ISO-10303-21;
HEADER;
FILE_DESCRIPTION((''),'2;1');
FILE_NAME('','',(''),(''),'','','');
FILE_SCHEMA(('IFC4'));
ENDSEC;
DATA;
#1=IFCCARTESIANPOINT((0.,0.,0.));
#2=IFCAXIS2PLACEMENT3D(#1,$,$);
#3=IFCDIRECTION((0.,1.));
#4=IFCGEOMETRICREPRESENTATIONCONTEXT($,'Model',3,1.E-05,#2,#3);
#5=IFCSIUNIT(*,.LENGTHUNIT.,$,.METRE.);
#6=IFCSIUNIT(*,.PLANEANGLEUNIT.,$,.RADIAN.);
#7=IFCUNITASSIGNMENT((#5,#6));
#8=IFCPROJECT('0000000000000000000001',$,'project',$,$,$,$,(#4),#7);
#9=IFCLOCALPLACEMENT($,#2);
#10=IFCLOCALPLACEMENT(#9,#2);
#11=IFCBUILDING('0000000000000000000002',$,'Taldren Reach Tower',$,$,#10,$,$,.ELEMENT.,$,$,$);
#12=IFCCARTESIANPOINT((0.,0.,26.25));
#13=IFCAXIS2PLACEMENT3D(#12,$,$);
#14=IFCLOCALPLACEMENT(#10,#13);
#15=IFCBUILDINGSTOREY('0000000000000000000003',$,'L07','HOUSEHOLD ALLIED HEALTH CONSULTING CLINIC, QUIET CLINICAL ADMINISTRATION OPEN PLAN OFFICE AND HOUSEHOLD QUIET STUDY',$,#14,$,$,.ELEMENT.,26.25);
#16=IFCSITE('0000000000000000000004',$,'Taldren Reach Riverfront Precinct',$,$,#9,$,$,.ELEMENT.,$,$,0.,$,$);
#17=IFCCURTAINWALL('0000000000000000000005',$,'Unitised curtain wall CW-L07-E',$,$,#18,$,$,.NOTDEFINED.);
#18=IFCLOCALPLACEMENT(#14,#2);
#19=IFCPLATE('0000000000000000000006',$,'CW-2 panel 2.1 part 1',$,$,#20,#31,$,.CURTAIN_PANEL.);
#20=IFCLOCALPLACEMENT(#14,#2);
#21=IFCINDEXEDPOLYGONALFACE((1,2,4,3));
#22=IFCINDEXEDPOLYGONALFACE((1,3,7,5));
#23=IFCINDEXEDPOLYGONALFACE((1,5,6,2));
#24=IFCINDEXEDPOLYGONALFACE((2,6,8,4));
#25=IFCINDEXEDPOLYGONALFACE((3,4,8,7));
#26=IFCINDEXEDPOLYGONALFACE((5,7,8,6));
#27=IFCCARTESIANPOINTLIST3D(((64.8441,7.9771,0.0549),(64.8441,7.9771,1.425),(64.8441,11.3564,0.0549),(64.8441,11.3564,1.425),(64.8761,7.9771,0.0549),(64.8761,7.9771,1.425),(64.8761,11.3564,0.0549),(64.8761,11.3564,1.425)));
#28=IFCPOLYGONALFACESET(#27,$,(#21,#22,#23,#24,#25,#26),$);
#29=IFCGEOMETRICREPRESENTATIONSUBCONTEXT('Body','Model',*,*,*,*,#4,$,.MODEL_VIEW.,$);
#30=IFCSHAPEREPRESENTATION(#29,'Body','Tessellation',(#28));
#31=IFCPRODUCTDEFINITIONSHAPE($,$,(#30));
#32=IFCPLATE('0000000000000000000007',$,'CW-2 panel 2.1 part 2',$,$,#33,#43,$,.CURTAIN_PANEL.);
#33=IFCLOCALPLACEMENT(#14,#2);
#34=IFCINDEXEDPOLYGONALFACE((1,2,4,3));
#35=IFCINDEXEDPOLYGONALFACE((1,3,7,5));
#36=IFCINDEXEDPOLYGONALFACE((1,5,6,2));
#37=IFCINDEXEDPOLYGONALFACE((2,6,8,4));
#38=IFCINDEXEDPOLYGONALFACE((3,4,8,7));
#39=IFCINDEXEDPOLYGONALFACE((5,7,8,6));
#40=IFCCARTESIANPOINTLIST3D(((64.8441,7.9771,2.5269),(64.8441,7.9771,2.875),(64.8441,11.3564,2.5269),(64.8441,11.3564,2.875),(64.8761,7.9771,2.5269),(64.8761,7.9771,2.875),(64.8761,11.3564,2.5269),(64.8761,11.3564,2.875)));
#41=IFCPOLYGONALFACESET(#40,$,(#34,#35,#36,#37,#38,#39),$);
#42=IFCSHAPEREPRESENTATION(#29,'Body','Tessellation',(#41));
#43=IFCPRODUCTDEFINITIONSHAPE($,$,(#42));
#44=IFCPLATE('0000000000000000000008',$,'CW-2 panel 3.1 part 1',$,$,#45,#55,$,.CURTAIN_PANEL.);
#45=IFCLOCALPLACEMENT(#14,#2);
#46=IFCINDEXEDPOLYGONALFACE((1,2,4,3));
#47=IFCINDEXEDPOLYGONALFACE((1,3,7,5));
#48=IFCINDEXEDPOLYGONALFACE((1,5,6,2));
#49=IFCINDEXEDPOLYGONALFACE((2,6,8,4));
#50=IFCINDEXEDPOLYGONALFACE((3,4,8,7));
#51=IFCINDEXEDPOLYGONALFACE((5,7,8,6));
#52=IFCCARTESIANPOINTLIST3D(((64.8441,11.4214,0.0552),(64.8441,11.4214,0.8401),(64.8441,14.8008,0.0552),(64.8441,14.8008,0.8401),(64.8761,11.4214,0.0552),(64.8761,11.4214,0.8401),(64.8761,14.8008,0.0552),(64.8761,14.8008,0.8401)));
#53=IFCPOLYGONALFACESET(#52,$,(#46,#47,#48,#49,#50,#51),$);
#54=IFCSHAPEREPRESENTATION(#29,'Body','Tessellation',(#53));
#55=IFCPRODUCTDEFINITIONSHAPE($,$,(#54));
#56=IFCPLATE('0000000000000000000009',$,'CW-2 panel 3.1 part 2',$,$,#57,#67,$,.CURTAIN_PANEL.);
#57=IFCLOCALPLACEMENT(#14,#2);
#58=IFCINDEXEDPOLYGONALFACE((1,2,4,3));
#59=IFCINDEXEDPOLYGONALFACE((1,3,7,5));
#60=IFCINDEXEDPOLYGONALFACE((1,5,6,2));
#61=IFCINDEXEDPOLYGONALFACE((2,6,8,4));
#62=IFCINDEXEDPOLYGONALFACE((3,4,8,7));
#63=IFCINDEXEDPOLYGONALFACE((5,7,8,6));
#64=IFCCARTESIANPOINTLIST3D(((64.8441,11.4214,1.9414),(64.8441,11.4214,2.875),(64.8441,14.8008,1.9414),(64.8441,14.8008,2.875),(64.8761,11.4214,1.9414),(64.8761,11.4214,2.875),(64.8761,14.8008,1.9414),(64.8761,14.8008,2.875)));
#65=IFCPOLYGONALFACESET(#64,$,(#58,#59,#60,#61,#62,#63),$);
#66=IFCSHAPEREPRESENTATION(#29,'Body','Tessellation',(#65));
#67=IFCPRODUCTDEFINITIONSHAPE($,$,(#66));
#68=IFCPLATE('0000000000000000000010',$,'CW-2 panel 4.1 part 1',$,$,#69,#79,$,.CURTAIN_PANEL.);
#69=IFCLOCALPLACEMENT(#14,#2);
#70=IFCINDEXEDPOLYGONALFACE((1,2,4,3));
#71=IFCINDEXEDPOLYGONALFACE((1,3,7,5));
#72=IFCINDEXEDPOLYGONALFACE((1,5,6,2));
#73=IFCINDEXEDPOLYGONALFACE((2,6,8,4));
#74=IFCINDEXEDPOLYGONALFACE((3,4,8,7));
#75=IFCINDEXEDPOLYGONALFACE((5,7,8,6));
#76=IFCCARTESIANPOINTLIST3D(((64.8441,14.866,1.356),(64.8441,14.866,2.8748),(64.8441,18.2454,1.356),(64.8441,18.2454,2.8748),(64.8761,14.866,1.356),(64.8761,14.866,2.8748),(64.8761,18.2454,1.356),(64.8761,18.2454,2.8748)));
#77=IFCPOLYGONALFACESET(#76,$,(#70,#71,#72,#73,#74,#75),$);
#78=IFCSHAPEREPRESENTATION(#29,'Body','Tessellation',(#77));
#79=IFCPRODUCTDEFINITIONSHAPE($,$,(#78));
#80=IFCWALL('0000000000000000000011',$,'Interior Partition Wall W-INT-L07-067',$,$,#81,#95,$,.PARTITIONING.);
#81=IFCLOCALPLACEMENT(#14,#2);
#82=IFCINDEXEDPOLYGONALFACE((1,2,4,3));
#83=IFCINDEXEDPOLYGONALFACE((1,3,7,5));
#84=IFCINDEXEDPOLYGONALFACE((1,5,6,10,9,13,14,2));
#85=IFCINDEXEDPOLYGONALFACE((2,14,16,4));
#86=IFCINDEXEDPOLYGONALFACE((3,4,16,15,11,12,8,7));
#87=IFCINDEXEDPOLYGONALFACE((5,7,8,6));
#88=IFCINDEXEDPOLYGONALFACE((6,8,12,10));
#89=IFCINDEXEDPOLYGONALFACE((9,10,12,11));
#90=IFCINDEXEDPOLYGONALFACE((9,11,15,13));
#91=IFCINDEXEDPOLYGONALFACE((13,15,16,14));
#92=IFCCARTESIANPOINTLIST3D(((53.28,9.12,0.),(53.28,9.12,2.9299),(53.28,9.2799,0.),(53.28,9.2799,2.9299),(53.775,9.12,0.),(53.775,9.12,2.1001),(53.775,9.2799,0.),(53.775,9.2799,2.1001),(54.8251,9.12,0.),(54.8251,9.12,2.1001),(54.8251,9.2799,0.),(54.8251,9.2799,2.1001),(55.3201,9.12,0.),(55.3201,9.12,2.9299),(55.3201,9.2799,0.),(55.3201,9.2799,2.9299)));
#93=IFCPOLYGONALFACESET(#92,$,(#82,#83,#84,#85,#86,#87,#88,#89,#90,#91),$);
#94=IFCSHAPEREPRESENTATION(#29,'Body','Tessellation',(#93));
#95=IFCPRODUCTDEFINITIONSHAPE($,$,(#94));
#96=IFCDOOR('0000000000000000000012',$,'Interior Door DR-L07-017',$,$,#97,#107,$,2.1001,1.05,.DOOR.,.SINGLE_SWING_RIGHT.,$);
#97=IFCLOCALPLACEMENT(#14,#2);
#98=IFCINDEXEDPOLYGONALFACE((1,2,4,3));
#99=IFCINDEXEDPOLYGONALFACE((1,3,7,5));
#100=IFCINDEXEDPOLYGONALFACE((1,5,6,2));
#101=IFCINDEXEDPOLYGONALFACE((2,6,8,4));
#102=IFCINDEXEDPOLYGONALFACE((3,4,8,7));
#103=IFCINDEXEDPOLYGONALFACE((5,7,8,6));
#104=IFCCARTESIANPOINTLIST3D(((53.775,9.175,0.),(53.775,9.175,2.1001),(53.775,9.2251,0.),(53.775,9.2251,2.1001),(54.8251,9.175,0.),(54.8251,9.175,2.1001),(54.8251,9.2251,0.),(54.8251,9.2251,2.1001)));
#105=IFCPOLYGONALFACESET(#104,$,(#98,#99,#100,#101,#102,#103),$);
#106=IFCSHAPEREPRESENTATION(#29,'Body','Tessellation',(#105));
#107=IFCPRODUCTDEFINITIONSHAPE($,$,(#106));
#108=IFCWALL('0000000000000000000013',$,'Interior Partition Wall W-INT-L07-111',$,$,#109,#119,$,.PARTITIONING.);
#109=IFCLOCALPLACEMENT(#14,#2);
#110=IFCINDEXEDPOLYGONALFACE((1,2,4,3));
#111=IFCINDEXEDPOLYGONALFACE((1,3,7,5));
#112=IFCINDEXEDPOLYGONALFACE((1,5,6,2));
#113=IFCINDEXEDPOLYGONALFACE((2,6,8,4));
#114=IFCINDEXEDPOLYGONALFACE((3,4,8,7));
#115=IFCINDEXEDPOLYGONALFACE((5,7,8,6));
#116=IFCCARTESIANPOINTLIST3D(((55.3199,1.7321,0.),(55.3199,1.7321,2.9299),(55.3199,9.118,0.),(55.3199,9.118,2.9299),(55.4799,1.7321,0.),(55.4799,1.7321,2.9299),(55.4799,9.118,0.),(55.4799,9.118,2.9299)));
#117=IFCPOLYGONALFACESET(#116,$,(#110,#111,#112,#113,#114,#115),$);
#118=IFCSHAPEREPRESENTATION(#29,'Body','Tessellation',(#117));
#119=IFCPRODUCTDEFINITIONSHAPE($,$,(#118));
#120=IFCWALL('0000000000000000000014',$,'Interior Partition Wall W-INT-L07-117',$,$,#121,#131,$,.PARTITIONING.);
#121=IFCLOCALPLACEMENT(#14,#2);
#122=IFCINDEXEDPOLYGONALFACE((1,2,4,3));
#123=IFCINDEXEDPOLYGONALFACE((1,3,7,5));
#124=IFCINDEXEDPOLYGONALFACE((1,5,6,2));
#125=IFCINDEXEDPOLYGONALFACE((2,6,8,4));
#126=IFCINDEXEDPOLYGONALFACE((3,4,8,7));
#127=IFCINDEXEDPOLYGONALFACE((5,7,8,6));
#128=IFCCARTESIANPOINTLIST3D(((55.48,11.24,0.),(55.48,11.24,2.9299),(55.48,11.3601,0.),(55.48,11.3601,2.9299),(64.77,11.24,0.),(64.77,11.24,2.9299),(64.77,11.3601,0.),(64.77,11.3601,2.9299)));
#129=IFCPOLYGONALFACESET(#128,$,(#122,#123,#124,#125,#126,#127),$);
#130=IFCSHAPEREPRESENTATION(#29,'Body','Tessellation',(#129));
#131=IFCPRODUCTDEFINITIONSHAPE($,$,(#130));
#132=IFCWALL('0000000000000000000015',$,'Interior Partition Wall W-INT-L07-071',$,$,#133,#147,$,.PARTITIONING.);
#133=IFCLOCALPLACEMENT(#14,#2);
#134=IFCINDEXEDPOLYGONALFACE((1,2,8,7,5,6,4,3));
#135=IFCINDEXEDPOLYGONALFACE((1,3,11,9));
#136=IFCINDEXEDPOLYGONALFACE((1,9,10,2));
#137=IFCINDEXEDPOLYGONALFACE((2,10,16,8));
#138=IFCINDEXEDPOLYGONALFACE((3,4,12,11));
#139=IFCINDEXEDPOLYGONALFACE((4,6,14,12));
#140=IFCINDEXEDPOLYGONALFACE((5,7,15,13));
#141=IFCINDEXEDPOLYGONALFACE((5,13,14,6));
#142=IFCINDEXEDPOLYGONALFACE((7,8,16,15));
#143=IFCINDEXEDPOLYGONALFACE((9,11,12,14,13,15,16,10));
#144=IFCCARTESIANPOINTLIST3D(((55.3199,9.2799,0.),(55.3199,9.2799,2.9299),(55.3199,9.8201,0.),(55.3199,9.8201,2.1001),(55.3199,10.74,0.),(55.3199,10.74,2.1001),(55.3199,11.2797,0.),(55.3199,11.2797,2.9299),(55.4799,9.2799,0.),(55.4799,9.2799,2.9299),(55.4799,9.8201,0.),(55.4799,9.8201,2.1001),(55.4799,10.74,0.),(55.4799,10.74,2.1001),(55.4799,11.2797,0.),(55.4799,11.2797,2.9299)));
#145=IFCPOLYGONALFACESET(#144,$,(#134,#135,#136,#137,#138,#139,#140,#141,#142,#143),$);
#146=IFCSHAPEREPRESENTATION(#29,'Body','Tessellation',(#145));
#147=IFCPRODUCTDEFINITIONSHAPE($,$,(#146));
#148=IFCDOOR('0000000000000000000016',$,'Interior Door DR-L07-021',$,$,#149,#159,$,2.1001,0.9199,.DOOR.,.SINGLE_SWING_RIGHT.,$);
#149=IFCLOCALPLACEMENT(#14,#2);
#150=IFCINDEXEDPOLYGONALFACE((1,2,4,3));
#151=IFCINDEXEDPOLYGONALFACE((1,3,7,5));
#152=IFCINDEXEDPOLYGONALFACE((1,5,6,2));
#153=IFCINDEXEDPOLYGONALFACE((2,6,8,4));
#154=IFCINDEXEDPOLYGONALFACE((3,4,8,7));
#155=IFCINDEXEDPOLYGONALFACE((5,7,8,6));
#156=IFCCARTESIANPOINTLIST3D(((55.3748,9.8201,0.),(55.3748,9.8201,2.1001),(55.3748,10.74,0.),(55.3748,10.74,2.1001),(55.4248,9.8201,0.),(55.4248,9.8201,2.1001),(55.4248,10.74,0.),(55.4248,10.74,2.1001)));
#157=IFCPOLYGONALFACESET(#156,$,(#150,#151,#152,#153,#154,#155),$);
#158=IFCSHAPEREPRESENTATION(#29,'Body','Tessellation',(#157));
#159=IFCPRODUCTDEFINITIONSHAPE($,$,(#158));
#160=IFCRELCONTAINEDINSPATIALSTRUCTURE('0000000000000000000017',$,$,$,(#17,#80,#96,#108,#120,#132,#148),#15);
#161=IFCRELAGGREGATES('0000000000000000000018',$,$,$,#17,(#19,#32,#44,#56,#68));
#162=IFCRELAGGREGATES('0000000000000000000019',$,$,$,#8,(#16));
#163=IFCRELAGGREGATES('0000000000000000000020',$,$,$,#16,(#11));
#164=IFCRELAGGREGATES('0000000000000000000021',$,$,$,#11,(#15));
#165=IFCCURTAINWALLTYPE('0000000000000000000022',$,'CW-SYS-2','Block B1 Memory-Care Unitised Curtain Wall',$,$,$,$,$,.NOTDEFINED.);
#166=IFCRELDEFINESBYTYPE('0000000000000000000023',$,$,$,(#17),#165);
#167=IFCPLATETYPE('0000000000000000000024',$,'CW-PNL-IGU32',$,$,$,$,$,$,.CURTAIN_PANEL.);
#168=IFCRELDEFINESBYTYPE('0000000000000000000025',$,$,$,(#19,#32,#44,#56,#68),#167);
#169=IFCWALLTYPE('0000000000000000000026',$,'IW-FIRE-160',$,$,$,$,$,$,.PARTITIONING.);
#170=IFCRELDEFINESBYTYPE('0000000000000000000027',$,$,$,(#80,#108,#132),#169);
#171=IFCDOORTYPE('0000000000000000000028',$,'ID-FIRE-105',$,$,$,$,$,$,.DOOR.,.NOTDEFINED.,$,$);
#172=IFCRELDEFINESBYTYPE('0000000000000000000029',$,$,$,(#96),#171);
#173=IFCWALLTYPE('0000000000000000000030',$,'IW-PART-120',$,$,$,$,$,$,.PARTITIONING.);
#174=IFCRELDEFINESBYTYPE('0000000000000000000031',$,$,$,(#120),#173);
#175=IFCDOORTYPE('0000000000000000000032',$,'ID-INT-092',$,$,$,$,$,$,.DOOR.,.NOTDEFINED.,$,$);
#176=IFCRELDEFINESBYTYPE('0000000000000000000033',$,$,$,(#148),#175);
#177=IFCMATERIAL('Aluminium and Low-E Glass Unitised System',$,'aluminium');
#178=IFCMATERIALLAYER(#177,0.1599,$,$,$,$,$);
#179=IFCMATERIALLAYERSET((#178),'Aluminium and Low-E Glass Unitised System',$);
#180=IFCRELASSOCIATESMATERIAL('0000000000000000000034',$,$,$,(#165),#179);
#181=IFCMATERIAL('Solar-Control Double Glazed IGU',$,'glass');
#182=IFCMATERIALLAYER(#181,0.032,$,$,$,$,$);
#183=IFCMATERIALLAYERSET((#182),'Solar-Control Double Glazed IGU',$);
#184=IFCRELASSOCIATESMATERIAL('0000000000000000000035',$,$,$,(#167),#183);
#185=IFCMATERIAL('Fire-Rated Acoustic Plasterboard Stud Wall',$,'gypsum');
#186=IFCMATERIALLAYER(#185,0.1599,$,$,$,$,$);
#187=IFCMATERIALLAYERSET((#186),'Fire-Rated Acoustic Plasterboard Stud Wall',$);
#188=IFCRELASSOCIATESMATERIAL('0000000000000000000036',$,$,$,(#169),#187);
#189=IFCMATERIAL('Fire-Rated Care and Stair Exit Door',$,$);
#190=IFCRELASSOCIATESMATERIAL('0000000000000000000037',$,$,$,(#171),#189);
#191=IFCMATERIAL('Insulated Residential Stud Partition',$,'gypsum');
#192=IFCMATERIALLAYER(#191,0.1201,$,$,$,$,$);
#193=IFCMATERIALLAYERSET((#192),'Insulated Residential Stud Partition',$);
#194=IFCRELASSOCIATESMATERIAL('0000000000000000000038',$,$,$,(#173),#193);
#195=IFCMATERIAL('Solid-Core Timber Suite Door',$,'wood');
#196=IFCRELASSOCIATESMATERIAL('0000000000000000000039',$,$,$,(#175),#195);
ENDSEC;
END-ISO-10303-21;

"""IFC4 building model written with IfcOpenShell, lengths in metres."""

from ifc_helpers import new_model, si_unit, direction, frame, frame_2d, origin, origin_2d, place, context, subcontext, project, spatial, rectangle, extrude, source, transform, mapped, material, layer, layer_set, type_object, element, fill, aggregate, save


model = new_model("IFC4")

# Units and contexts
model_context = context("Model", 3, precision=1e-05, world=origin(), true_north=direction((0.0, 1.0)))
body_context = subcontext(model_context, "Body", "Model", "MODEL_VIEW")
ifc_project = project(units=[si_unit("LENGTHUNIT", "METRE"), si_unit("PLANEANGLEUNIT", "RADIAN")], contexts=[model_context])

# Site, building, storey
site_placement = place(None, origin())
site = spatial("IfcSite", under=ifc_project, at=site_placement, Name="Taldren Reach Riverfront Precinct", CompositionType="ELEMENT", RefElevation=0.0)
building_placement = place(site_placement, origin())
building = spatial("IfcBuilding", under=site, at=building_placement, Name="Taldren Reach Tower", CompositionType="ELEMENT")
storey_placement = place(building_placement, frame((0.0, 0.0, 26.25)))
storey = spatial("IfcBuildingStorey", under=building, at=storey_placement, Name="L07", Description="HOUSEHOLD ALLIED HEALTH CONSULTING CLINIC, QUIET CLINICAL ADMINISTRATION OPEN PLAN OFFICE AND HOUSEHOLD QUIET STUDY", CompositionType="ELEMENT", Elevation=26.25)

# Curtain wall, plates
ifc_material_1 = material(Name="Aluminium and Low-E Glass Unitised System", Category="aluminium")
ifc_layer_1 = layer(ifc_material_1, 0.1599)
ifc_layer_set_1 = layer_set([ifc_layer_1], Name="Aluminium and Low-E Glass Unitised System")
curtain_wall_type = type_object("IfcCurtainWallType", Name="CW-SYS-2", Description="Block B1 Memory-Care Unitised Curtain Wall", PredefinedType="NOTDEFINED", material=ifc_layer_set_1)
curtain_wall_placement = place(storey_placement, origin())
curtain_wall = element("IfcCurtainWall", 1, at=curtain_wall_placement, inside=storey, type_object=curtain_wall_type, Name="Unitised curtain wall CW-L07-E", PredefinedType="NOTDEFINED")
ifc_material_2 = material(Name="Solar-Control Double Glazed IGU", Category="glass")
ifc_layer_2 = layer(ifc_material_2, 0.032)
ifc_layer_set_2 = layer_set([ifc_layer_2], Name="Solar-Control Double Glazed IGU")
plate_type = type_object("IfcPlateType", Name="CW-PNL-IGU32", PredefinedType="CURTAIN_PANEL", material=ifc_layer_set_2)
shared_shape_1 = source(origin(), body_context, "Body", "SweptSolid", [
    extrude(rectangle(XDim=3.3794, YDim=0.032, at=origin_2d()), origin(), (0.0, 0.0, 1.0), 1.3701),
])
plate_1_placement = place(storey_placement, frame((64.8601, 9.6667, 0.0549), z_axis=(0.0, 0.0, 1.0), x_axis=(0.0, 1.0, 0.0)))
plate_1 = element("IfcPlate", 2, at=plate_1_placement, type_object=plate_type, Name="CW-2 panel 2.1 part 1", PredefinedType="CURTAIN_PANEL", context=body_context, shape_type="MappedRepresentation", body=[
    mapped(shared_shape_1, transform((0.0, 0.0, 0.0), scale=1.0)),
])
shared_shape_2 = source(origin(), body_context, "Body", "SweptSolid", [
    extrude(rectangle(XDim=3.3794, YDim=0.032, at=origin_2d()), origin(), (0.0, 0.0, 1.0), 0.3481),
])
plate_2_placement = place(storey_placement, frame((64.8601, 9.6667, 2.5269), z_axis=(0.0, 0.0, 1.0), x_axis=(0.0, 1.0, 0.0)))
plate_2 = element("IfcPlate", 3, at=plate_2_placement, type_object=plate_type, Name="CW-2 panel 2.1 part 2", PredefinedType="CURTAIN_PANEL", context=body_context, shape_type="MappedRepresentation", body=[
    mapped(shared_shape_2, transform((0.0, 0.0, 0.0), scale=1.0)),
])
shared_shape_3 = source(origin(), body_context, "Body", "SweptSolid", [
    extrude(rectangle(XDim=3.3794, YDim=0.032, at=origin_2d()), origin(), (0.0, 0.0, 1.0), 0.7849),
])
plate_3_placement = place(storey_placement, frame((64.8601, 13.1111, 0.0552), z_axis=(0.0, 0.0, 1.0), x_axis=(0.0, 1.0, 0.0)))
plate_3 = element("IfcPlate", 4, at=plate_3_placement, type_object=plate_type, Name="CW-2 panel 3.1 part 1", PredefinedType="CURTAIN_PANEL", context=body_context, shape_type="MappedRepresentation", body=[
    mapped(shared_shape_3, transform((0.0, 0.0, 0.0), scale=1.0)),
])
shared_shape_4 = source(origin(), body_context, "Body", "SweptSolid", [
    extrude(rectangle(XDim=3.3794, YDim=0.032, at=origin_2d()), origin(), (0.0, 0.0, 1.0), 0.9336),
])
plate_4_placement = place(storey_placement, frame((64.8601, 13.1111, 1.9414), z_axis=(0.0, 0.0, 1.0), x_axis=(0.0, 1.0, 0.0)))
plate_4 = element("IfcPlate", 5, at=plate_4_placement, type_object=plate_type, Name="CW-2 panel 3.1 part 2", PredefinedType="CURTAIN_PANEL", context=body_context, shape_type="MappedRepresentation", body=[
    mapped(shared_shape_4, transform((0.0, 0.0, 0.0), scale=1.0)),
])
shared_shape_5 = source(origin(), body_context, "Body", "SweptSolid", [
    extrude(rectangle(XDim=3.3794, YDim=0.032, at=origin_2d()), origin(), (0.0, 0.0, 1.0), 1.5188),
])
plate_5_placement = place(storey_placement, frame((64.8601, 16.5557, 1.356), z_axis=(0.0, 0.0, 1.0), x_axis=(0.0, 1.0, 0.0)))
plate_5 = element("IfcPlate", 6, at=plate_5_placement, type_object=plate_type, Name="CW-2 panel 4.1 part 1", PredefinedType="CURTAIN_PANEL", context=body_context, shape_type="MappedRepresentation", body=[
    mapped(shared_shape_5, transform((0.0, 0.0, 0.0), scale=1.0)),
])
aggregate(curtain_wall, [plate_1, plate_2, plate_3, plate_4, plate_5])

# Wall, opening, door
ifc_material_3 = material(Name="Fire-Rated Acoustic Plasterboard Stud Wall", Category="gypsum")
ifc_layer_3 = layer(ifc_material_3, 0.1599)
ifc_layer_set_3 = layer_set([ifc_layer_3], Name="Fire-Rated Acoustic Plasterboard Stud Wall")
wall_type_1 = type_object("IfcWallType", Name="IW-FIRE-160", PredefinedType="PARTITIONING", material=ifc_layer_set_3)
shared_shape_6 = source(origin(), body_context, "Body", "SweptSolid", [
    extrude(rectangle(XDim=2.04, YDim=0.1599, at=frame_2d((1.02, 0.0))), origin(), (0.0, 0.0, 1.0), 2.9299),
])
wall_1_placement = place(storey_placement, frame((55.3201, 9.2, 0.0), z_axis=(0.0, 0.0, 1.0), x_axis=(-1.0, 0.0, 0.0)))
wall_1 = element("IfcWall", 7, at=wall_1_placement, inside=storey, type_object=wall_type_1, Name="Interior Partition Wall W-INT-L07-067", PredefinedType="PARTITIONING", context=body_context, shape_type="MappedRepresentation", body=[
    mapped(shared_shape_6, transform((0.0, 0.0, 0.0), scale=1.0)),
])
shared_shape_7 = source(origin(), body_context, "Body", "SweptSolid", [
    extrude(rectangle(XDim=1.05, YDim=2.1001, at=frame_2d((0.5249, 1.05))), frame((0.0, 0.0898, 0.0), z_axis=(0.0, -1.0, 0.0), x_axis=(1.0, 0.0, 0.0)), (0.0, 0.0, 1.0), 0.1799),
])
opening_1_placement = place(wall_1_placement, frame((0.4951, 0.0, 0.0)))
opening_1 = element("IfcOpeningElement", 8, at=opening_1_placement, cuts=wall_1, PredefinedType="OPENING", context=body_context, shape_type="MappedRepresentation", body=[
    mapped(shared_shape_7, transform((0.0, 0.0, 0.0), scale=1.0)),
])
ifc_material_4 = material(Name="Fire-Rated Care and Stair Exit Door")
door_type_1 = type_object("IfcDoorType", Name="ID-FIRE-105", OperationType="NOTDEFINED", PredefinedType="DOOR", material=ifc_material_4)
shared_shape_8 = source(origin(), body_context, "Body", "SweptSolid", [
    extrude(rectangle(XDim=1.05, YDim=2.1001, at=frame_2d((0.5249, 1.05))), frame((0.0, 0.0249, 0.0), z_axis=(0.0, -1.0, 0.0), x_axis=(1.0, 0.0, 0.0)), (0.0, 0.0, 1.0), 0.05),
])
door_1_placement = place(opening_1_placement, origin())
door_1 = element("IfcDoor", 9, at=door_1_placement, inside=storey, type_object=door_type_1, Name="Interior Door DR-L07-017", OperationType="SINGLE_SWING_RIGHT", OverallHeight=2.1001, OverallWidth=1.05, PredefinedType="DOOR", context=body_context, shape_type="MappedRepresentation", body=[
    mapped(shared_shape_8, transform((0.0, 0.0, 0.0), scale=1.0)),
])
fill(opening_1, door_1)

# Walls
shared_shape_9 = source(origin(), body_context, "Body", "SweptSolid", [
    extrude(rectangle(XDim=7.386, YDim=0.1599, at=frame_2d((3.6929, 0.0))), origin(), (0.0, 0.0, 1.0), 2.9299),
])
wall_2_placement = place(storey_placement, frame((55.3999, 9.1179, 0.0), z_axis=(0.0, 0.0, 1.0), x_axis=(0.0, -1.0, 0.0)))
element("IfcWall", 10, at=wall_2_placement, inside=storey, type_object=wall_type_1, Name="Interior Partition Wall W-INT-L07-111", PredefinedType="PARTITIONING", context=body_context, shape_type="MappedRepresentation", body=[
    mapped(shared_shape_9, transform((0.0, 0.0, 0.0), scale=1.0)),
])
ifc_material_5 = material(Name="Insulated Residential Stud Partition", Category="gypsum")
ifc_layer_4 = layer(ifc_material_5, 0.1201)
ifc_layer_set_4 = layer_set([ifc_layer_4], Name="Insulated Residential Stud Partition")
wall_type_2 = type_object("IfcWallType", Name="IW-PART-120", PredefinedType="PARTITIONING", material=ifc_layer_set_4)
shared_shape_10 = source(origin(), body_context, "Body", "SweptSolid", [
    extrude(rectangle(XDim=9.29, YDim=0.1201, at=frame_2d((4.645, 0.0))), origin(), (0.0, 0.0, 1.0), 2.9299),
])
wall_3_placement = place(storey_placement, frame((55.48, 11.3, 0.0), z_axis=(0.0, 0.0, 1.0), x_axis=(1.0, 0.0, 0.0)))
element("IfcWall", 11, at=wall_3_placement, inside=storey, type_object=wall_type_2, Name="Interior Partition Wall W-INT-L07-117", PredefinedType="PARTITIONING", context=body_context, shape_type="MappedRepresentation", body=[
    mapped(shared_shape_10, transform((0.0, 0.0, 0.0), scale=1.0)),
])

# Wall, opening, door
shared_shape_11 = source(origin(), body_context, "Body", "SweptSolid", [
    extrude(rectangle(XDim=1.9998, YDim=0.1599, at=frame_2d((1.0, 0.0))), origin(), (0.0, 0.0, 1.0), 2.9299),
])
wall_4_placement = place(storey_placement, frame((55.3999, 11.2798, 0.0), z_axis=(0.0, 0.0, 1.0), x_axis=(0.0, -1.0, 0.0)))
wall_4 = element("IfcWall", 12, at=wall_4_placement, inside=storey, type_object=wall_type_1, Name="Interior Partition Wall W-INT-L07-071", PredefinedType="PARTITIONING", context=body_context, shape_type="MappedRepresentation", body=[
    mapped(shared_shape_11, transform((0.0, 0.0, 0.0), scale=1.0)),
])
shared_shape_12 = source(origin(), body_context, "Body", "SweptSolid", [
    extrude(rectangle(XDim=0.9199, YDim=2.1001, at=frame_2d((0.46, 1.05))), frame((0.0, 0.0898, 0.0), z_axis=(0.0, -1.0, 0.0), x_axis=(1.0, 0.0, 0.0)), (0.0, 0.0, 1.0), 0.1799),
])
opening_2_placement = place(wall_4_placement, frame((0.5398, 0.0, 0.0)))
opening_2 = element("IfcOpeningElement", 13, at=opening_2_placement, cuts=wall_4, PredefinedType="OPENING", context=body_context, shape_type="MappedRepresentation", body=[
    mapped(shared_shape_12, transform((0.0, 0.0, 0.0), scale=1.0)),
])
ifc_material_6 = material(Name="Solid-Core Timber Suite Door", Category="wood")
door_type_2 = type_object("IfcDoorType", Name="ID-INT-092", OperationType="NOTDEFINED", PredefinedType="DOOR", material=ifc_material_6)
shared_shape_13 = source(origin(), body_context, "Body", "SweptSolid", [
    extrude(rectangle(XDim=0.9199, YDim=2.1001, at=frame_2d((0.46, 1.05))), frame((0.0, 0.0249, 0.0), z_axis=(0.0, -1.0, 0.0), x_axis=(1.0, 0.0, 0.0)), (0.0, 0.0, 1.0), 0.05),
])
door_2_placement = place(opening_2_placement, origin())
door_2 = element("IfcDoor", 14, at=door_2_placement, inside=storey, type_object=door_type_2, Name="Interior Door DR-L07-021", OperationType="SINGLE_SWING_RIGHT", OverallHeight=2.1001, OverallWidth=0.9199, PredefinedType="DOOR", context=body_context, shape_type="MappedRepresentation", body=[
    mapped(shared_shape_13, transform((0.0, 0.0, 0.0), scale=1.0)),
])
fill(opening_2, door_2)

save(model, "model.ifc")
